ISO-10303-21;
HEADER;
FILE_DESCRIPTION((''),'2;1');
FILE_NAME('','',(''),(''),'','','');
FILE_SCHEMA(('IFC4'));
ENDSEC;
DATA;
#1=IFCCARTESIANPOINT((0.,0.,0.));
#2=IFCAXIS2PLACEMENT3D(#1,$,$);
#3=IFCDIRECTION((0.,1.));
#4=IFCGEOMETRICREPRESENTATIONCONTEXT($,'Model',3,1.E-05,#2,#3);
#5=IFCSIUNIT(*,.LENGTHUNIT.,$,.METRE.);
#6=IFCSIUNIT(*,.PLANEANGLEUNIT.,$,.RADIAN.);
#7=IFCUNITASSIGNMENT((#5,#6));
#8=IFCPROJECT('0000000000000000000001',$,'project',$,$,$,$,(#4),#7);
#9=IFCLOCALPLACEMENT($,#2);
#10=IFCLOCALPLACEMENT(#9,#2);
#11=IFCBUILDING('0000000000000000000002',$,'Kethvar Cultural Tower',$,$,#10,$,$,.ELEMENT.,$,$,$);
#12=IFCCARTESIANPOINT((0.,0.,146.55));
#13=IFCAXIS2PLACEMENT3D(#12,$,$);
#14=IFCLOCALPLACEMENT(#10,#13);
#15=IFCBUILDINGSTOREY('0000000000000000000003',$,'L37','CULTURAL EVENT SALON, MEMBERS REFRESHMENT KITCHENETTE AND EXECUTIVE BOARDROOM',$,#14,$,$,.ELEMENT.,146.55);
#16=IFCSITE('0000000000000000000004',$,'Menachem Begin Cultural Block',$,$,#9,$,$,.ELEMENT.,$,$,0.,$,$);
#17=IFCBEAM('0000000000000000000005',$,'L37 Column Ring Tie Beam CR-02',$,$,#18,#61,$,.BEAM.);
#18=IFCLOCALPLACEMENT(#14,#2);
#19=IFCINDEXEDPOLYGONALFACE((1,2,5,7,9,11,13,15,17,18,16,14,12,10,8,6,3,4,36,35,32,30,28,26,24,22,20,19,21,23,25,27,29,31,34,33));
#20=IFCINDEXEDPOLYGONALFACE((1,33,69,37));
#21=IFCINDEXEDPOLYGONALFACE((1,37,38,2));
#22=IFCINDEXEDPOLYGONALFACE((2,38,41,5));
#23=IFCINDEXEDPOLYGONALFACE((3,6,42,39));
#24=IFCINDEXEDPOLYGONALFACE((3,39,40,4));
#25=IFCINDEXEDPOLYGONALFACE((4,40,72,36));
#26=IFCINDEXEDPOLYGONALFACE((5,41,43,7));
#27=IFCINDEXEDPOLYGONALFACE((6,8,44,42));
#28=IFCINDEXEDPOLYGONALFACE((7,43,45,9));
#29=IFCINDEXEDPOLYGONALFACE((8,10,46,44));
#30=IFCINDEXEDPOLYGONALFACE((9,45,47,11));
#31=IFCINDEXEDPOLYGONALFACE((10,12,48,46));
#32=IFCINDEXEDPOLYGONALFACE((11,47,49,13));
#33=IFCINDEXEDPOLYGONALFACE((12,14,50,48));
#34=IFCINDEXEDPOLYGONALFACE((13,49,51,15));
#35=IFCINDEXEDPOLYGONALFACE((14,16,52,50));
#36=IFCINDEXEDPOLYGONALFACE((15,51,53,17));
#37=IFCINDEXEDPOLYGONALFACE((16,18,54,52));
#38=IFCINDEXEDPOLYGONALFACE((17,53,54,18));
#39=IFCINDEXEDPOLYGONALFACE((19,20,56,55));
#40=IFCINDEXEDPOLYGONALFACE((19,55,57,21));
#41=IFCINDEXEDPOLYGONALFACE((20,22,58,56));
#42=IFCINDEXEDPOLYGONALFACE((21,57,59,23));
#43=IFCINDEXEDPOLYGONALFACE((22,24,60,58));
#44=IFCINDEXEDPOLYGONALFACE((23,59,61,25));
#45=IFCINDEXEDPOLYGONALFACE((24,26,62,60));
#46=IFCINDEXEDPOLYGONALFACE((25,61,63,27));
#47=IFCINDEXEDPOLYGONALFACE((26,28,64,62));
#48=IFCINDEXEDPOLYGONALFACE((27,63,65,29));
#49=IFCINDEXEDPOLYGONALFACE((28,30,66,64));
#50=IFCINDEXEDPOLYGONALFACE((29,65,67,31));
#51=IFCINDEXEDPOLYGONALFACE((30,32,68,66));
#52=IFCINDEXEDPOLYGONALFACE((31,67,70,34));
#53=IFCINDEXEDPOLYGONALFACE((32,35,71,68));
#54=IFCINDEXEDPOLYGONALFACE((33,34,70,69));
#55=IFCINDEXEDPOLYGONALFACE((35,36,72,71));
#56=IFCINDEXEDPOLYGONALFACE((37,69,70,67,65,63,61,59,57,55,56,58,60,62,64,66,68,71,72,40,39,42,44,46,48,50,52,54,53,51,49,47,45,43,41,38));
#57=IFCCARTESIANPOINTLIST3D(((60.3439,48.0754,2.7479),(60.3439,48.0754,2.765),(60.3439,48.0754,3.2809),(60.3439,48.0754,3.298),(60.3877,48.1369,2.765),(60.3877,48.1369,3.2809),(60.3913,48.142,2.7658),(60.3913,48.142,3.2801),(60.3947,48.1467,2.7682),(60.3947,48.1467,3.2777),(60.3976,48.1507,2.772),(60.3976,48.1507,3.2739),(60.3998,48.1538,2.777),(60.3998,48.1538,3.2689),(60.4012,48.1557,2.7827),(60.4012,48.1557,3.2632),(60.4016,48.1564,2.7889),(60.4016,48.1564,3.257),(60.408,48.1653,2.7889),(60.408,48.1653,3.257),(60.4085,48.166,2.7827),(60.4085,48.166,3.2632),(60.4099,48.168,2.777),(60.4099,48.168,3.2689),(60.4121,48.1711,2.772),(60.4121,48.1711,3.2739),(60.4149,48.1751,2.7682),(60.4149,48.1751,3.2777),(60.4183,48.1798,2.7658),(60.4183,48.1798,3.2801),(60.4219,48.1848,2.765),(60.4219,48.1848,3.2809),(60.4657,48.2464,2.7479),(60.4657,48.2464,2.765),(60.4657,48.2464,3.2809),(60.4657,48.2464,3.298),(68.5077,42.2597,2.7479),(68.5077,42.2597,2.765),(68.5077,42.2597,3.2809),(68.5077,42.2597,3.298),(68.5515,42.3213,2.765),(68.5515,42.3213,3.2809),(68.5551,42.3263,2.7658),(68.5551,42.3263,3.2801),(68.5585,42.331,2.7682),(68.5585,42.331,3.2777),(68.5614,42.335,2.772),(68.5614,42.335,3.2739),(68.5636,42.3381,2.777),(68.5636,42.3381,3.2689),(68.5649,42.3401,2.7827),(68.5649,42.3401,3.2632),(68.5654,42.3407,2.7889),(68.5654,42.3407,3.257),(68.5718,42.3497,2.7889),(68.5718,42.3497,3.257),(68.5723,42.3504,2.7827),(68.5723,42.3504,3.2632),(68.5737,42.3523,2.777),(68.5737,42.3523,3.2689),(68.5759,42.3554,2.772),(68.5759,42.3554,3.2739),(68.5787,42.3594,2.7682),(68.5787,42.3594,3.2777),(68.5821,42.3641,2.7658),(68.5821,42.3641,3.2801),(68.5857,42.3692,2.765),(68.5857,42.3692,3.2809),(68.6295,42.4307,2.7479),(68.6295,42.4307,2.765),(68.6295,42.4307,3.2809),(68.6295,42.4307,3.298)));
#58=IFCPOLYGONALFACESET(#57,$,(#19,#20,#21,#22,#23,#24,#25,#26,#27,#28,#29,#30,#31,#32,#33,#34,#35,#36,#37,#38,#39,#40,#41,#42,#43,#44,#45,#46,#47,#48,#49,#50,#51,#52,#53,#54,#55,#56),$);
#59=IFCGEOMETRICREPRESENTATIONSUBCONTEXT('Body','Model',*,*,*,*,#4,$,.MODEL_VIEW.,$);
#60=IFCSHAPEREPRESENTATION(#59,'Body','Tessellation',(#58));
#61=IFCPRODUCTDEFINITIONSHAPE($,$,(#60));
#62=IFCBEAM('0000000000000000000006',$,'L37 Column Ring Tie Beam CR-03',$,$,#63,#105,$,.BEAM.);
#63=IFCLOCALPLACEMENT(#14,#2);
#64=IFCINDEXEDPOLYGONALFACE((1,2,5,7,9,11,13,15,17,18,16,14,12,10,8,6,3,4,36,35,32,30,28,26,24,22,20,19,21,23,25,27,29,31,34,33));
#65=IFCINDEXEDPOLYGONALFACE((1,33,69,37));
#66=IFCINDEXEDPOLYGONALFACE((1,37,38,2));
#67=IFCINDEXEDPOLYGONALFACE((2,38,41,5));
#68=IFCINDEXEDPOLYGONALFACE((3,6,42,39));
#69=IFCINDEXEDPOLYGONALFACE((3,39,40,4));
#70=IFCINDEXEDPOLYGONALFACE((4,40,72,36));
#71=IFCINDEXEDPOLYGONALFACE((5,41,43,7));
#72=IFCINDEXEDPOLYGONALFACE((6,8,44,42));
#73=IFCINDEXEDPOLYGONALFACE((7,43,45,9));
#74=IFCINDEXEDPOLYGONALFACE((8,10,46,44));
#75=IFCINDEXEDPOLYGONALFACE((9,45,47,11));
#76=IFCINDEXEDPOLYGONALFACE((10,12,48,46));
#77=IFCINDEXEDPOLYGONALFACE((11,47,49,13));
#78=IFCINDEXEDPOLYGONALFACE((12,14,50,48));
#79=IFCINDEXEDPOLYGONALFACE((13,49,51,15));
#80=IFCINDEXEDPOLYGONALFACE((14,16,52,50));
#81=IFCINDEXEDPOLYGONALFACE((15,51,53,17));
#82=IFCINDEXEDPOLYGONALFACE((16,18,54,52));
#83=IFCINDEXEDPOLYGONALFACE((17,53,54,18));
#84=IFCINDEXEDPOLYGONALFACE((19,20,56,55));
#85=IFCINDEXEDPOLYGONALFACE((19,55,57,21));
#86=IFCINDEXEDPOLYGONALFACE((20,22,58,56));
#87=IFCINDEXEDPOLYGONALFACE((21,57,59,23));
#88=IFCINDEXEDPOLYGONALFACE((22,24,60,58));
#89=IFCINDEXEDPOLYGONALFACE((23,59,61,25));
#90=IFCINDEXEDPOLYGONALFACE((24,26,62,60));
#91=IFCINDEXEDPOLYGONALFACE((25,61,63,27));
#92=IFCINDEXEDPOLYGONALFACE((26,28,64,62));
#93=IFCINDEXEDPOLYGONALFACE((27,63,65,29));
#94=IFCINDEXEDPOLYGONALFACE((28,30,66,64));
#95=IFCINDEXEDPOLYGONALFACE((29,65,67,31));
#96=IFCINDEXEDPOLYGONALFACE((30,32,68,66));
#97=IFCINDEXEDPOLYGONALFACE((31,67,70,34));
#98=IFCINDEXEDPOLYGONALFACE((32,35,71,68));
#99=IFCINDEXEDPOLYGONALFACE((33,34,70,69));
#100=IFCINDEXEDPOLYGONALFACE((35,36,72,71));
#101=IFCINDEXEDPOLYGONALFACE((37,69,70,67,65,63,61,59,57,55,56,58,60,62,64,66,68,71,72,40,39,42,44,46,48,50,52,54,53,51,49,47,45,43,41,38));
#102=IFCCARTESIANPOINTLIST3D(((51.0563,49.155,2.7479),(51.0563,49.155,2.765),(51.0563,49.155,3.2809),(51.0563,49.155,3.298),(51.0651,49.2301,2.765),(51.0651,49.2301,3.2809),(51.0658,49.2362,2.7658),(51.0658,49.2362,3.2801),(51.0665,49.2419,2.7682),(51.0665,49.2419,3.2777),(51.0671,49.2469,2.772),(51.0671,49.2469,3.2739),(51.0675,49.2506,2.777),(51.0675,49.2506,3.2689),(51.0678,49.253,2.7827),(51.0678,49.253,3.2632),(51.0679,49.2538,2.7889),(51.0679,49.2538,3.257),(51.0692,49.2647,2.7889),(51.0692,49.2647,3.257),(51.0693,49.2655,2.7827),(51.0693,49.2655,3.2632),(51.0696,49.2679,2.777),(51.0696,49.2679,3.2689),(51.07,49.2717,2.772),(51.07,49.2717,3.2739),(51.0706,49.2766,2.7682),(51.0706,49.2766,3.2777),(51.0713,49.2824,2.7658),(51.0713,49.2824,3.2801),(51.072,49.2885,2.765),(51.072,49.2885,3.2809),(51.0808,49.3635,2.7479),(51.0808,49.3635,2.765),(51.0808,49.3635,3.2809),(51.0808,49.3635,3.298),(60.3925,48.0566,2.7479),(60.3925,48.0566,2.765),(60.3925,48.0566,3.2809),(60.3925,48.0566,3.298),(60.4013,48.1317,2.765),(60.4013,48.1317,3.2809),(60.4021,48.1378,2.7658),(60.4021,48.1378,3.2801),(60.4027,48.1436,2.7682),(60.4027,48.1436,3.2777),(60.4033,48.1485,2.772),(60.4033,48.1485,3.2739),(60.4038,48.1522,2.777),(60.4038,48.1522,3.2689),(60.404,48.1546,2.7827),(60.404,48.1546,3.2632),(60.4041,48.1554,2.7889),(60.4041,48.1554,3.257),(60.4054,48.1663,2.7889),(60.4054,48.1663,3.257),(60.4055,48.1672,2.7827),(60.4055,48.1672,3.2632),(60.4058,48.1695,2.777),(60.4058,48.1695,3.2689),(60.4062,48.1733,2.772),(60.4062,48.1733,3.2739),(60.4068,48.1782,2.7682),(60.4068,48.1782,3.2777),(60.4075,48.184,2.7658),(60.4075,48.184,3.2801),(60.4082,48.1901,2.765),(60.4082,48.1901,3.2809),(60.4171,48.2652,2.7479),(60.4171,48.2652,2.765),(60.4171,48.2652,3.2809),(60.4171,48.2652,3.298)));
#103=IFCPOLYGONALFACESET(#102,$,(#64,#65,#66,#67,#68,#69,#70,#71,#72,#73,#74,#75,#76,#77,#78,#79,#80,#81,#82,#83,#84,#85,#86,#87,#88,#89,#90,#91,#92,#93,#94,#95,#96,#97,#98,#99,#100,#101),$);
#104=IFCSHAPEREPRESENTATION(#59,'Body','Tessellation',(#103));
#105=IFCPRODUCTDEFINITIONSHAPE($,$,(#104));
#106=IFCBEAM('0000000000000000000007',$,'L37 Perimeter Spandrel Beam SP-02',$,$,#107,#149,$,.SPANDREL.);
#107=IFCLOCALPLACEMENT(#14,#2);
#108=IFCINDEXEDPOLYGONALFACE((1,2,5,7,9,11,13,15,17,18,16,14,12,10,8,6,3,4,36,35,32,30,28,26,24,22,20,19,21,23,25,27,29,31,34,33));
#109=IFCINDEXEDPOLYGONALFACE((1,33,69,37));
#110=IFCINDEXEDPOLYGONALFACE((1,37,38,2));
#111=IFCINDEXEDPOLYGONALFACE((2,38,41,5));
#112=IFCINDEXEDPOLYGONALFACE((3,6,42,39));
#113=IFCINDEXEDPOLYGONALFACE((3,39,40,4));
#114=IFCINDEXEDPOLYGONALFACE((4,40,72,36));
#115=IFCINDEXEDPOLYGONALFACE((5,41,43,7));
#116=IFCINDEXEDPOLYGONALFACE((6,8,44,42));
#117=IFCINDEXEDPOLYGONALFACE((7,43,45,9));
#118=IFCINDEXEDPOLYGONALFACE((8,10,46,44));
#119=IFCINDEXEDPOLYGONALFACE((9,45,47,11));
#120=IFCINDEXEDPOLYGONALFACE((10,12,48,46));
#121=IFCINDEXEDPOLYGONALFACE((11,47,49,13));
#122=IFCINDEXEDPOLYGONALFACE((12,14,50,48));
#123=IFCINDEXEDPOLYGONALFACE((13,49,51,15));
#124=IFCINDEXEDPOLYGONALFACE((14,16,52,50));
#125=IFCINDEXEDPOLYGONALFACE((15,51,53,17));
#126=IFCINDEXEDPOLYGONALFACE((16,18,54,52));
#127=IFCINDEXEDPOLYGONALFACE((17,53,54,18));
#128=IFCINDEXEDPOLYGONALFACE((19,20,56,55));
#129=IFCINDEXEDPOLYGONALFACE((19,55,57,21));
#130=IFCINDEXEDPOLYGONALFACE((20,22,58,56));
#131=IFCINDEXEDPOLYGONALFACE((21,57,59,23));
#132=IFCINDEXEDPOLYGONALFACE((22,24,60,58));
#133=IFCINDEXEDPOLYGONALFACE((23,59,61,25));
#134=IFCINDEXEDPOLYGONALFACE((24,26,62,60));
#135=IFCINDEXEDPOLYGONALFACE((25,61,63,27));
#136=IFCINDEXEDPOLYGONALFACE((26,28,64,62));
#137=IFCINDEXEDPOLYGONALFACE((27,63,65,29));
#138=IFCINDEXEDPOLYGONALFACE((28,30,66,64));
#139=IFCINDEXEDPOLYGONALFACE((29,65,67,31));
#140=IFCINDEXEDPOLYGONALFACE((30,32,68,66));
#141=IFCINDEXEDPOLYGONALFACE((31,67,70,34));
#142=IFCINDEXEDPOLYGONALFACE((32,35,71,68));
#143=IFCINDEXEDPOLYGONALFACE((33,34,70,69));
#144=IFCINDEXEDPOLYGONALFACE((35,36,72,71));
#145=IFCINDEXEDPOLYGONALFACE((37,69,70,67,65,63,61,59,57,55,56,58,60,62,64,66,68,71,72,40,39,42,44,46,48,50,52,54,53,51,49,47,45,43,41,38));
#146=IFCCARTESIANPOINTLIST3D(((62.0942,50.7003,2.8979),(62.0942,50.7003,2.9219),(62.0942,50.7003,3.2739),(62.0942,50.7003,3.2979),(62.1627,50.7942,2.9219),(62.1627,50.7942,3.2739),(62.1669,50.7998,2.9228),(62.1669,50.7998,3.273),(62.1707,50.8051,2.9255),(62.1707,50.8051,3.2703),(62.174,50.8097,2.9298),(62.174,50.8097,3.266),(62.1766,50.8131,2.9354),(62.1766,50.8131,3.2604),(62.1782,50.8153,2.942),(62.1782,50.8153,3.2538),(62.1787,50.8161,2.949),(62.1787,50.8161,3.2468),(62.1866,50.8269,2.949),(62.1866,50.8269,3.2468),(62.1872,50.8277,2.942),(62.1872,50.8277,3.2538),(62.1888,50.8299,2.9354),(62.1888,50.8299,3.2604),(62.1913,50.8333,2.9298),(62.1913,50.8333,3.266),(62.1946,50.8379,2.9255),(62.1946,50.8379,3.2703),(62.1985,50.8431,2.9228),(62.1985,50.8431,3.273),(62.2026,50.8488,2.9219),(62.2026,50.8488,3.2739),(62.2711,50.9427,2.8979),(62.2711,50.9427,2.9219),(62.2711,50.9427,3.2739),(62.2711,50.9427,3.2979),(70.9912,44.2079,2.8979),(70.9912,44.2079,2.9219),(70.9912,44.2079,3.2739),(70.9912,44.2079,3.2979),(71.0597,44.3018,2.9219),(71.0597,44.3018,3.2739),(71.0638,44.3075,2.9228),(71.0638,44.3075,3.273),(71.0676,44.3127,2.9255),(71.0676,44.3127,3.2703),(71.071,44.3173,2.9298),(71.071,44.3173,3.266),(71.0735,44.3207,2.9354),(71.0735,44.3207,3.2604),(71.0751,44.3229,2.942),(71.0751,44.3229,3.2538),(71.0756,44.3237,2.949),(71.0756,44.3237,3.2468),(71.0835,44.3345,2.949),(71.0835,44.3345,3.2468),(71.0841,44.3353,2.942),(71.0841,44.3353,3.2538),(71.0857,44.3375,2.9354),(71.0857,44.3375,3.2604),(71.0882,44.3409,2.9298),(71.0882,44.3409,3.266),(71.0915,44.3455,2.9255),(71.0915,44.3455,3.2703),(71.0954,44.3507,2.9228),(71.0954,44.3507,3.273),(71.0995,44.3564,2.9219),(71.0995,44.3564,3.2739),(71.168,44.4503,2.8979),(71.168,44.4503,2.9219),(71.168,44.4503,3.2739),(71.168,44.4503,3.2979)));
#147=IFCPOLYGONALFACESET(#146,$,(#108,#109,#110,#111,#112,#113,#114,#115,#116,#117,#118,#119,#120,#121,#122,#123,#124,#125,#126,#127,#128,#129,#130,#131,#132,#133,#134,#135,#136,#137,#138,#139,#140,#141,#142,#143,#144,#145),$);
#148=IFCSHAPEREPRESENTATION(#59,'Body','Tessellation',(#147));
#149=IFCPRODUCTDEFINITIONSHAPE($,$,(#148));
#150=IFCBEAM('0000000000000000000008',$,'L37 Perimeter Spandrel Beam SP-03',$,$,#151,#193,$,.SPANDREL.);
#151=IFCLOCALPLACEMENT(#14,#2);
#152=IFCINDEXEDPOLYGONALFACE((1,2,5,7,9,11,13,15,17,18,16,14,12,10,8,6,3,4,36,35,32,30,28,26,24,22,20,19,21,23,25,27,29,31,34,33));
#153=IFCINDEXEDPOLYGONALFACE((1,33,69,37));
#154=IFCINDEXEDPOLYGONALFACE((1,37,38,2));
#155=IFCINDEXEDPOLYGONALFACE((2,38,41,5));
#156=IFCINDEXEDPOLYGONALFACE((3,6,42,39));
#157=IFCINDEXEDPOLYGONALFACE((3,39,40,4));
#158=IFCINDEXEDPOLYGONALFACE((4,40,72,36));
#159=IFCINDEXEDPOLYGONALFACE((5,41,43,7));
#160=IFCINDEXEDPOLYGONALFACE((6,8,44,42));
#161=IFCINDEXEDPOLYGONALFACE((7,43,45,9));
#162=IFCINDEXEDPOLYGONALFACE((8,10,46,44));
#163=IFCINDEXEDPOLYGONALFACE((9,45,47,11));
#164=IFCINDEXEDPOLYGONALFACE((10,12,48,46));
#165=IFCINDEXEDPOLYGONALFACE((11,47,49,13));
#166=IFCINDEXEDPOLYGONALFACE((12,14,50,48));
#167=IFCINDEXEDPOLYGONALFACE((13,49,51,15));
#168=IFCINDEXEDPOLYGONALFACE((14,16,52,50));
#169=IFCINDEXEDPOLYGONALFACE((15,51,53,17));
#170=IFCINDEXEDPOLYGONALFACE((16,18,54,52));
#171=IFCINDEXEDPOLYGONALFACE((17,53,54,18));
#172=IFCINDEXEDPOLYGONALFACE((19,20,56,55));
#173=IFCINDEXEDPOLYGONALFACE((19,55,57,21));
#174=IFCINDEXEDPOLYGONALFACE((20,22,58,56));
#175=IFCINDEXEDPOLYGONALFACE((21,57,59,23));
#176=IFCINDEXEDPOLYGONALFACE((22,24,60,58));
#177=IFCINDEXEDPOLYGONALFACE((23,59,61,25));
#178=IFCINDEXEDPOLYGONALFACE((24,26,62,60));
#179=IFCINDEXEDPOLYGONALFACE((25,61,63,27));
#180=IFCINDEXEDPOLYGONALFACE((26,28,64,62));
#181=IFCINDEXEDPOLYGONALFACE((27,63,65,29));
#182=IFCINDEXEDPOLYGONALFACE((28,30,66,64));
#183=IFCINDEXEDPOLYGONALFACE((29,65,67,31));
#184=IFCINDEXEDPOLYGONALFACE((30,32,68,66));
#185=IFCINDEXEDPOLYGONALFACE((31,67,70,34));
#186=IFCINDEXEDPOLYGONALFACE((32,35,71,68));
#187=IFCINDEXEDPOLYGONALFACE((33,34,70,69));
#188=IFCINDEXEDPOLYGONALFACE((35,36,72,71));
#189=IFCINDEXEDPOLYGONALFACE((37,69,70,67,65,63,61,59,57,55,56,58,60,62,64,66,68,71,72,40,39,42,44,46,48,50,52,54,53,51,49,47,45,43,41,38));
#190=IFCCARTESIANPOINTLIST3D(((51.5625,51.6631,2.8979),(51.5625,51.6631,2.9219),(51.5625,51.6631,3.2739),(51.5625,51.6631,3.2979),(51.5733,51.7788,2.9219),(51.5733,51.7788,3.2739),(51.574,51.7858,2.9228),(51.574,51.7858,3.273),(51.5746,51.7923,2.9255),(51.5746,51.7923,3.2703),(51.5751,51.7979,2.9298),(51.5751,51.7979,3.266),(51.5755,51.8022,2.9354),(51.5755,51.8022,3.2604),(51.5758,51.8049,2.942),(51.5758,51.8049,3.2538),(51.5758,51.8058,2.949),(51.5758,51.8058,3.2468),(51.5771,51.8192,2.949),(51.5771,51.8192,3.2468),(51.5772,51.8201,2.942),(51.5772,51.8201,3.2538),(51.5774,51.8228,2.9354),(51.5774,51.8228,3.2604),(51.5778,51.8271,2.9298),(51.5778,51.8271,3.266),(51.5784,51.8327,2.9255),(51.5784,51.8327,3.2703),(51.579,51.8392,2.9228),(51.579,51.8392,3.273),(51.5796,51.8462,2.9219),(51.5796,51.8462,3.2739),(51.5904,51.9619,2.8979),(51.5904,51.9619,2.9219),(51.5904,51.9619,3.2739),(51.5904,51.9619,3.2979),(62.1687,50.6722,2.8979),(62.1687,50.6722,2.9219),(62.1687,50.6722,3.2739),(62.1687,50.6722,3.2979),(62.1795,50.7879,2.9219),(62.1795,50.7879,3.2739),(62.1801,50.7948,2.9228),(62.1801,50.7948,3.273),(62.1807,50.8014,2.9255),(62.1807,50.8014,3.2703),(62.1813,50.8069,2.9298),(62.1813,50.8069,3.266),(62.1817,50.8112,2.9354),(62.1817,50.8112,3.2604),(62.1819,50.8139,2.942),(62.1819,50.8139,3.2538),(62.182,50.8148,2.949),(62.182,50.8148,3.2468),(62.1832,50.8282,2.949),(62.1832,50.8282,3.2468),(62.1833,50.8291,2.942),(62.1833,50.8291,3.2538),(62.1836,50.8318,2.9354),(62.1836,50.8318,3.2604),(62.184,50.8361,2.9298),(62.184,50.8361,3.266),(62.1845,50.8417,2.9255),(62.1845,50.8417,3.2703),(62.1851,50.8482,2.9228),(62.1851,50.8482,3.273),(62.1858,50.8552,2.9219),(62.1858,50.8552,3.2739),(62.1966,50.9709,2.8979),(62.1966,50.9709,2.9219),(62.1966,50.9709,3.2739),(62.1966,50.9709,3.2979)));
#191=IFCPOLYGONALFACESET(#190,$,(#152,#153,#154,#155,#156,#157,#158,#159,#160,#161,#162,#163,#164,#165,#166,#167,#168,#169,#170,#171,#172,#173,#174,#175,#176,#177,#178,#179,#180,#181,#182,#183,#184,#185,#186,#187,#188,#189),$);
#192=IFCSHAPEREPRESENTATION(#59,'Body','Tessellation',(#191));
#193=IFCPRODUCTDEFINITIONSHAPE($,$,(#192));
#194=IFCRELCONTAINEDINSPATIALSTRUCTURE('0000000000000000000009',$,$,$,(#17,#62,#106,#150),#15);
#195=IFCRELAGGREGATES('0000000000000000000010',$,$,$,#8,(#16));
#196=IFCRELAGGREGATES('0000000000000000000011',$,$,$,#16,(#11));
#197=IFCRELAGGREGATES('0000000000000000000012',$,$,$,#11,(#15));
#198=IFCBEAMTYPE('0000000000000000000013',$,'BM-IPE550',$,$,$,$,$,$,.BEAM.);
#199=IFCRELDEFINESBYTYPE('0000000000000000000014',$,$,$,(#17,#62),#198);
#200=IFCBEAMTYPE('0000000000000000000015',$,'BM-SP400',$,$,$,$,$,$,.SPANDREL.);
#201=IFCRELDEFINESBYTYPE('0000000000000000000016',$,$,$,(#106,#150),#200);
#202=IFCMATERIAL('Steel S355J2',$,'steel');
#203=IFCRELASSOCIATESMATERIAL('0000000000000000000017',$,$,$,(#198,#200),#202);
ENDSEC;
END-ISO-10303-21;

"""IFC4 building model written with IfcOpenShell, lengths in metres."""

from ifc_helpers import new_model, si_unit, direction, frame, origin, origin_2d, place, context, subcontext, project, spatial, i_section, extrude, source, transform, mapped, material, material_profile, profile_set, type_object, element, save


model = new_model("IFC4")

# Units and contexts
model_context = context("Model", 3, precision=1e-05, world=origin(), true_north=direction((0.0, 1.0)))
body_context = subcontext(model_context, "Body", "Model", "MODEL_VIEW")
ifc_project = project(units=[si_unit("LENGTHUNIT", "METRE"), si_unit("PLANEANGLEUNIT", "RADIAN")], contexts=[model_context])

# Site, building, storey
site_placement = place(None, origin())
site = spatial("IfcSite", under=ifc_project, at=site_placement, Name="Menachem Begin Cultural Block", CompositionType="ELEMENT", RefElevation=0.0)
building_placement = place(site_placement, origin())
building = spatial("IfcBuilding", under=site, at=building_placement, Name="Kethvar Cultural Tower", CompositionType="ELEMENT")
storey_placement = place(building_placement, frame((0.0, 0.0, 146.55)))
storey = spatial("IfcBuildingStorey", under=building, at=storey_placement, Name="L37", Description="CULTURAL EVENT SALON, MEMBERS REFRESHMENT KITCHENETTE AND EXECUTIVE BOARDROOM", CompositionType="ELEMENT", Elevation=146.55)

# Beams
ifc_material_1 = material(Name="Steel S355J2", Category="steel")
ifc_material_profile_1 = material_profile(ifc_material_1, i_section(OverallWidth=0.21, OverallDepth=0.55, WebThickness=0.011, FlangeThickness=0.0171, FilletRadius=0.0239, at=origin_2d()), Name="Steel S355J2 — IPE550")
ifc_profile_set_1 = profile_set([ifc_material_profile_1], Name="Steel S355J2 — IPE550")
beam_type_1 = type_object("IfcBeamType", Name="BM-IPE550", PredefinedType="BEAM", material=ifc_profile_set_1)
shared_shape_1 = source(origin(), body_context, "Body", "SweptSolid", [
    extrude(i_section(OverallWidth=0.21, OverallDepth=0.55, WebThickness=0.011, FlangeThickness=0.0171, FilletRadius=0.0239, at=origin_2d()), origin(), (0.0, 0.0, 1.0), 10.0234),
])
beam_1_placement = place(storey_placement, frame((68.5686, 42.3452, 3.0229), z_axis=(-0.81447, 0.580206, 0.0), x_axis=(-0.580206, -0.81447, 0.0)))
element("IfcBeam", 1, at=beam_1_placement, inside=storey, type_object=beam_type_1, Name="L37 Column Ring Tie Beam CR-02", PredefinedType="BEAM", context=body_context, shape_type="MappedRepresentation", body=[
    mapped(shared_shape_1, transform((0.0, 0.0, 0.0), scale=1.0)),
])
shared_shape_2 = source(origin(), body_context, "Body", "SweptSolid", [
    extrude(i_section(OverallWidth=0.21, OverallDepth=0.55, WebThickness=0.011, FlangeThickness=0.0171, FilletRadius=0.0239, at=origin_2d()), origin(), (0.0, 0.0, 1.0), 9.4006),
])
beam_2_placement = place(storey_placement, frame((60.4048, 48.1609, 3.0229), z_axis=(-0.99315, 0.116843, 0.0), x_axis=(-0.116843, -0.99315, 0.0)))
element("IfcBeam", 2, at=beam_2_placement, inside=storey, type_object=beam_type_1, Name="L37 Column Ring Tie Beam CR-03", PredefinedType="BEAM", context=body_context, shape_type="MappedRepresentation", body=[
    mapped(shared_shape_2, transform((0.0, 0.0, 0.0), scale=1.0)),
])
ifc_material_profile_2 = material_profile(ifc_material_1, i_section(OverallWidth=0.3, OverallDepth=0.3999, WebThickness=0.0134, FlangeThickness=0.0239, FilletRadius=0.0271, at=origin_2d()), Name="Steel S355J2 — HEB400")
ifc_profile_set_2 = profile_set([ifc_material_profile_2], Name="Steel S355J2 — HEB400")
beam_type_2 = type_object("IfcBeamType", Name="BM-SP400", PredefinedType="SPANDREL", material=ifc_profile_set_2)
shared_shape_3 = source(origin(), body_context, "Body", "SweptSolid", [
    extrude(i_section(OverallWidth=0.3, OverallDepth=0.3999, WebThickness=0.0134, FlangeThickness=0.0239, FilletRadius=0.0271, at=origin_2d()), origin(), (0.0, 0.0, 1.0), 11.0139),
])
beam_3_placement = place(storey_placement, frame((71.0796, 44.3291, 3.0979), z_axis=(-0.807789, 0.589472, 0.0), x_axis=(-0.589472, -0.807789, 0.0)))
element("IfcBeam", 3, at=beam_3_placement, inside=storey, type_object=beam_type_2, Name="L37 Perimeter Spandrel Beam SP-02", PredefinedType="SPANDREL", context=body_context, shape_type="MappedRepresentation", body=[
    mapped(shared_shape_3, transform((0.0, 0.0, 0.0), scale=1.0)),
])
shared_shape_4 = source(origin(), body_context, "Body", "SweptSolid", [
    extrude(i_section(OverallWidth=0.3, OverallDepth=0.3999, WebThickness=0.0134, FlangeThickness=0.0239, FilletRadius=0.0271, at=origin_2d()), origin(), (0.0, 0.0, 1.0), 10.6523),
])
beam_4_placement = place(storey_placement, frame((62.1826, 50.8215, 3.0979), z_axis=(-0.995664, 0.093028, 0.0), x_axis=(-0.093028, -0.995664, 0.0)))
element("IfcBeam", 4, at=beam_4_placement, inside=storey, type_object=beam_type_2, Name="L37 Perimeter Spandrel Beam SP-03", PredefinedType="SPANDREL", context=body_context, shape_type="MappedRepresentation", body=[
    mapped(shared_shape_4, transform((0.0, 0.0, 0.0), scale=1.0)),
])

save(model, "model.ifc")
